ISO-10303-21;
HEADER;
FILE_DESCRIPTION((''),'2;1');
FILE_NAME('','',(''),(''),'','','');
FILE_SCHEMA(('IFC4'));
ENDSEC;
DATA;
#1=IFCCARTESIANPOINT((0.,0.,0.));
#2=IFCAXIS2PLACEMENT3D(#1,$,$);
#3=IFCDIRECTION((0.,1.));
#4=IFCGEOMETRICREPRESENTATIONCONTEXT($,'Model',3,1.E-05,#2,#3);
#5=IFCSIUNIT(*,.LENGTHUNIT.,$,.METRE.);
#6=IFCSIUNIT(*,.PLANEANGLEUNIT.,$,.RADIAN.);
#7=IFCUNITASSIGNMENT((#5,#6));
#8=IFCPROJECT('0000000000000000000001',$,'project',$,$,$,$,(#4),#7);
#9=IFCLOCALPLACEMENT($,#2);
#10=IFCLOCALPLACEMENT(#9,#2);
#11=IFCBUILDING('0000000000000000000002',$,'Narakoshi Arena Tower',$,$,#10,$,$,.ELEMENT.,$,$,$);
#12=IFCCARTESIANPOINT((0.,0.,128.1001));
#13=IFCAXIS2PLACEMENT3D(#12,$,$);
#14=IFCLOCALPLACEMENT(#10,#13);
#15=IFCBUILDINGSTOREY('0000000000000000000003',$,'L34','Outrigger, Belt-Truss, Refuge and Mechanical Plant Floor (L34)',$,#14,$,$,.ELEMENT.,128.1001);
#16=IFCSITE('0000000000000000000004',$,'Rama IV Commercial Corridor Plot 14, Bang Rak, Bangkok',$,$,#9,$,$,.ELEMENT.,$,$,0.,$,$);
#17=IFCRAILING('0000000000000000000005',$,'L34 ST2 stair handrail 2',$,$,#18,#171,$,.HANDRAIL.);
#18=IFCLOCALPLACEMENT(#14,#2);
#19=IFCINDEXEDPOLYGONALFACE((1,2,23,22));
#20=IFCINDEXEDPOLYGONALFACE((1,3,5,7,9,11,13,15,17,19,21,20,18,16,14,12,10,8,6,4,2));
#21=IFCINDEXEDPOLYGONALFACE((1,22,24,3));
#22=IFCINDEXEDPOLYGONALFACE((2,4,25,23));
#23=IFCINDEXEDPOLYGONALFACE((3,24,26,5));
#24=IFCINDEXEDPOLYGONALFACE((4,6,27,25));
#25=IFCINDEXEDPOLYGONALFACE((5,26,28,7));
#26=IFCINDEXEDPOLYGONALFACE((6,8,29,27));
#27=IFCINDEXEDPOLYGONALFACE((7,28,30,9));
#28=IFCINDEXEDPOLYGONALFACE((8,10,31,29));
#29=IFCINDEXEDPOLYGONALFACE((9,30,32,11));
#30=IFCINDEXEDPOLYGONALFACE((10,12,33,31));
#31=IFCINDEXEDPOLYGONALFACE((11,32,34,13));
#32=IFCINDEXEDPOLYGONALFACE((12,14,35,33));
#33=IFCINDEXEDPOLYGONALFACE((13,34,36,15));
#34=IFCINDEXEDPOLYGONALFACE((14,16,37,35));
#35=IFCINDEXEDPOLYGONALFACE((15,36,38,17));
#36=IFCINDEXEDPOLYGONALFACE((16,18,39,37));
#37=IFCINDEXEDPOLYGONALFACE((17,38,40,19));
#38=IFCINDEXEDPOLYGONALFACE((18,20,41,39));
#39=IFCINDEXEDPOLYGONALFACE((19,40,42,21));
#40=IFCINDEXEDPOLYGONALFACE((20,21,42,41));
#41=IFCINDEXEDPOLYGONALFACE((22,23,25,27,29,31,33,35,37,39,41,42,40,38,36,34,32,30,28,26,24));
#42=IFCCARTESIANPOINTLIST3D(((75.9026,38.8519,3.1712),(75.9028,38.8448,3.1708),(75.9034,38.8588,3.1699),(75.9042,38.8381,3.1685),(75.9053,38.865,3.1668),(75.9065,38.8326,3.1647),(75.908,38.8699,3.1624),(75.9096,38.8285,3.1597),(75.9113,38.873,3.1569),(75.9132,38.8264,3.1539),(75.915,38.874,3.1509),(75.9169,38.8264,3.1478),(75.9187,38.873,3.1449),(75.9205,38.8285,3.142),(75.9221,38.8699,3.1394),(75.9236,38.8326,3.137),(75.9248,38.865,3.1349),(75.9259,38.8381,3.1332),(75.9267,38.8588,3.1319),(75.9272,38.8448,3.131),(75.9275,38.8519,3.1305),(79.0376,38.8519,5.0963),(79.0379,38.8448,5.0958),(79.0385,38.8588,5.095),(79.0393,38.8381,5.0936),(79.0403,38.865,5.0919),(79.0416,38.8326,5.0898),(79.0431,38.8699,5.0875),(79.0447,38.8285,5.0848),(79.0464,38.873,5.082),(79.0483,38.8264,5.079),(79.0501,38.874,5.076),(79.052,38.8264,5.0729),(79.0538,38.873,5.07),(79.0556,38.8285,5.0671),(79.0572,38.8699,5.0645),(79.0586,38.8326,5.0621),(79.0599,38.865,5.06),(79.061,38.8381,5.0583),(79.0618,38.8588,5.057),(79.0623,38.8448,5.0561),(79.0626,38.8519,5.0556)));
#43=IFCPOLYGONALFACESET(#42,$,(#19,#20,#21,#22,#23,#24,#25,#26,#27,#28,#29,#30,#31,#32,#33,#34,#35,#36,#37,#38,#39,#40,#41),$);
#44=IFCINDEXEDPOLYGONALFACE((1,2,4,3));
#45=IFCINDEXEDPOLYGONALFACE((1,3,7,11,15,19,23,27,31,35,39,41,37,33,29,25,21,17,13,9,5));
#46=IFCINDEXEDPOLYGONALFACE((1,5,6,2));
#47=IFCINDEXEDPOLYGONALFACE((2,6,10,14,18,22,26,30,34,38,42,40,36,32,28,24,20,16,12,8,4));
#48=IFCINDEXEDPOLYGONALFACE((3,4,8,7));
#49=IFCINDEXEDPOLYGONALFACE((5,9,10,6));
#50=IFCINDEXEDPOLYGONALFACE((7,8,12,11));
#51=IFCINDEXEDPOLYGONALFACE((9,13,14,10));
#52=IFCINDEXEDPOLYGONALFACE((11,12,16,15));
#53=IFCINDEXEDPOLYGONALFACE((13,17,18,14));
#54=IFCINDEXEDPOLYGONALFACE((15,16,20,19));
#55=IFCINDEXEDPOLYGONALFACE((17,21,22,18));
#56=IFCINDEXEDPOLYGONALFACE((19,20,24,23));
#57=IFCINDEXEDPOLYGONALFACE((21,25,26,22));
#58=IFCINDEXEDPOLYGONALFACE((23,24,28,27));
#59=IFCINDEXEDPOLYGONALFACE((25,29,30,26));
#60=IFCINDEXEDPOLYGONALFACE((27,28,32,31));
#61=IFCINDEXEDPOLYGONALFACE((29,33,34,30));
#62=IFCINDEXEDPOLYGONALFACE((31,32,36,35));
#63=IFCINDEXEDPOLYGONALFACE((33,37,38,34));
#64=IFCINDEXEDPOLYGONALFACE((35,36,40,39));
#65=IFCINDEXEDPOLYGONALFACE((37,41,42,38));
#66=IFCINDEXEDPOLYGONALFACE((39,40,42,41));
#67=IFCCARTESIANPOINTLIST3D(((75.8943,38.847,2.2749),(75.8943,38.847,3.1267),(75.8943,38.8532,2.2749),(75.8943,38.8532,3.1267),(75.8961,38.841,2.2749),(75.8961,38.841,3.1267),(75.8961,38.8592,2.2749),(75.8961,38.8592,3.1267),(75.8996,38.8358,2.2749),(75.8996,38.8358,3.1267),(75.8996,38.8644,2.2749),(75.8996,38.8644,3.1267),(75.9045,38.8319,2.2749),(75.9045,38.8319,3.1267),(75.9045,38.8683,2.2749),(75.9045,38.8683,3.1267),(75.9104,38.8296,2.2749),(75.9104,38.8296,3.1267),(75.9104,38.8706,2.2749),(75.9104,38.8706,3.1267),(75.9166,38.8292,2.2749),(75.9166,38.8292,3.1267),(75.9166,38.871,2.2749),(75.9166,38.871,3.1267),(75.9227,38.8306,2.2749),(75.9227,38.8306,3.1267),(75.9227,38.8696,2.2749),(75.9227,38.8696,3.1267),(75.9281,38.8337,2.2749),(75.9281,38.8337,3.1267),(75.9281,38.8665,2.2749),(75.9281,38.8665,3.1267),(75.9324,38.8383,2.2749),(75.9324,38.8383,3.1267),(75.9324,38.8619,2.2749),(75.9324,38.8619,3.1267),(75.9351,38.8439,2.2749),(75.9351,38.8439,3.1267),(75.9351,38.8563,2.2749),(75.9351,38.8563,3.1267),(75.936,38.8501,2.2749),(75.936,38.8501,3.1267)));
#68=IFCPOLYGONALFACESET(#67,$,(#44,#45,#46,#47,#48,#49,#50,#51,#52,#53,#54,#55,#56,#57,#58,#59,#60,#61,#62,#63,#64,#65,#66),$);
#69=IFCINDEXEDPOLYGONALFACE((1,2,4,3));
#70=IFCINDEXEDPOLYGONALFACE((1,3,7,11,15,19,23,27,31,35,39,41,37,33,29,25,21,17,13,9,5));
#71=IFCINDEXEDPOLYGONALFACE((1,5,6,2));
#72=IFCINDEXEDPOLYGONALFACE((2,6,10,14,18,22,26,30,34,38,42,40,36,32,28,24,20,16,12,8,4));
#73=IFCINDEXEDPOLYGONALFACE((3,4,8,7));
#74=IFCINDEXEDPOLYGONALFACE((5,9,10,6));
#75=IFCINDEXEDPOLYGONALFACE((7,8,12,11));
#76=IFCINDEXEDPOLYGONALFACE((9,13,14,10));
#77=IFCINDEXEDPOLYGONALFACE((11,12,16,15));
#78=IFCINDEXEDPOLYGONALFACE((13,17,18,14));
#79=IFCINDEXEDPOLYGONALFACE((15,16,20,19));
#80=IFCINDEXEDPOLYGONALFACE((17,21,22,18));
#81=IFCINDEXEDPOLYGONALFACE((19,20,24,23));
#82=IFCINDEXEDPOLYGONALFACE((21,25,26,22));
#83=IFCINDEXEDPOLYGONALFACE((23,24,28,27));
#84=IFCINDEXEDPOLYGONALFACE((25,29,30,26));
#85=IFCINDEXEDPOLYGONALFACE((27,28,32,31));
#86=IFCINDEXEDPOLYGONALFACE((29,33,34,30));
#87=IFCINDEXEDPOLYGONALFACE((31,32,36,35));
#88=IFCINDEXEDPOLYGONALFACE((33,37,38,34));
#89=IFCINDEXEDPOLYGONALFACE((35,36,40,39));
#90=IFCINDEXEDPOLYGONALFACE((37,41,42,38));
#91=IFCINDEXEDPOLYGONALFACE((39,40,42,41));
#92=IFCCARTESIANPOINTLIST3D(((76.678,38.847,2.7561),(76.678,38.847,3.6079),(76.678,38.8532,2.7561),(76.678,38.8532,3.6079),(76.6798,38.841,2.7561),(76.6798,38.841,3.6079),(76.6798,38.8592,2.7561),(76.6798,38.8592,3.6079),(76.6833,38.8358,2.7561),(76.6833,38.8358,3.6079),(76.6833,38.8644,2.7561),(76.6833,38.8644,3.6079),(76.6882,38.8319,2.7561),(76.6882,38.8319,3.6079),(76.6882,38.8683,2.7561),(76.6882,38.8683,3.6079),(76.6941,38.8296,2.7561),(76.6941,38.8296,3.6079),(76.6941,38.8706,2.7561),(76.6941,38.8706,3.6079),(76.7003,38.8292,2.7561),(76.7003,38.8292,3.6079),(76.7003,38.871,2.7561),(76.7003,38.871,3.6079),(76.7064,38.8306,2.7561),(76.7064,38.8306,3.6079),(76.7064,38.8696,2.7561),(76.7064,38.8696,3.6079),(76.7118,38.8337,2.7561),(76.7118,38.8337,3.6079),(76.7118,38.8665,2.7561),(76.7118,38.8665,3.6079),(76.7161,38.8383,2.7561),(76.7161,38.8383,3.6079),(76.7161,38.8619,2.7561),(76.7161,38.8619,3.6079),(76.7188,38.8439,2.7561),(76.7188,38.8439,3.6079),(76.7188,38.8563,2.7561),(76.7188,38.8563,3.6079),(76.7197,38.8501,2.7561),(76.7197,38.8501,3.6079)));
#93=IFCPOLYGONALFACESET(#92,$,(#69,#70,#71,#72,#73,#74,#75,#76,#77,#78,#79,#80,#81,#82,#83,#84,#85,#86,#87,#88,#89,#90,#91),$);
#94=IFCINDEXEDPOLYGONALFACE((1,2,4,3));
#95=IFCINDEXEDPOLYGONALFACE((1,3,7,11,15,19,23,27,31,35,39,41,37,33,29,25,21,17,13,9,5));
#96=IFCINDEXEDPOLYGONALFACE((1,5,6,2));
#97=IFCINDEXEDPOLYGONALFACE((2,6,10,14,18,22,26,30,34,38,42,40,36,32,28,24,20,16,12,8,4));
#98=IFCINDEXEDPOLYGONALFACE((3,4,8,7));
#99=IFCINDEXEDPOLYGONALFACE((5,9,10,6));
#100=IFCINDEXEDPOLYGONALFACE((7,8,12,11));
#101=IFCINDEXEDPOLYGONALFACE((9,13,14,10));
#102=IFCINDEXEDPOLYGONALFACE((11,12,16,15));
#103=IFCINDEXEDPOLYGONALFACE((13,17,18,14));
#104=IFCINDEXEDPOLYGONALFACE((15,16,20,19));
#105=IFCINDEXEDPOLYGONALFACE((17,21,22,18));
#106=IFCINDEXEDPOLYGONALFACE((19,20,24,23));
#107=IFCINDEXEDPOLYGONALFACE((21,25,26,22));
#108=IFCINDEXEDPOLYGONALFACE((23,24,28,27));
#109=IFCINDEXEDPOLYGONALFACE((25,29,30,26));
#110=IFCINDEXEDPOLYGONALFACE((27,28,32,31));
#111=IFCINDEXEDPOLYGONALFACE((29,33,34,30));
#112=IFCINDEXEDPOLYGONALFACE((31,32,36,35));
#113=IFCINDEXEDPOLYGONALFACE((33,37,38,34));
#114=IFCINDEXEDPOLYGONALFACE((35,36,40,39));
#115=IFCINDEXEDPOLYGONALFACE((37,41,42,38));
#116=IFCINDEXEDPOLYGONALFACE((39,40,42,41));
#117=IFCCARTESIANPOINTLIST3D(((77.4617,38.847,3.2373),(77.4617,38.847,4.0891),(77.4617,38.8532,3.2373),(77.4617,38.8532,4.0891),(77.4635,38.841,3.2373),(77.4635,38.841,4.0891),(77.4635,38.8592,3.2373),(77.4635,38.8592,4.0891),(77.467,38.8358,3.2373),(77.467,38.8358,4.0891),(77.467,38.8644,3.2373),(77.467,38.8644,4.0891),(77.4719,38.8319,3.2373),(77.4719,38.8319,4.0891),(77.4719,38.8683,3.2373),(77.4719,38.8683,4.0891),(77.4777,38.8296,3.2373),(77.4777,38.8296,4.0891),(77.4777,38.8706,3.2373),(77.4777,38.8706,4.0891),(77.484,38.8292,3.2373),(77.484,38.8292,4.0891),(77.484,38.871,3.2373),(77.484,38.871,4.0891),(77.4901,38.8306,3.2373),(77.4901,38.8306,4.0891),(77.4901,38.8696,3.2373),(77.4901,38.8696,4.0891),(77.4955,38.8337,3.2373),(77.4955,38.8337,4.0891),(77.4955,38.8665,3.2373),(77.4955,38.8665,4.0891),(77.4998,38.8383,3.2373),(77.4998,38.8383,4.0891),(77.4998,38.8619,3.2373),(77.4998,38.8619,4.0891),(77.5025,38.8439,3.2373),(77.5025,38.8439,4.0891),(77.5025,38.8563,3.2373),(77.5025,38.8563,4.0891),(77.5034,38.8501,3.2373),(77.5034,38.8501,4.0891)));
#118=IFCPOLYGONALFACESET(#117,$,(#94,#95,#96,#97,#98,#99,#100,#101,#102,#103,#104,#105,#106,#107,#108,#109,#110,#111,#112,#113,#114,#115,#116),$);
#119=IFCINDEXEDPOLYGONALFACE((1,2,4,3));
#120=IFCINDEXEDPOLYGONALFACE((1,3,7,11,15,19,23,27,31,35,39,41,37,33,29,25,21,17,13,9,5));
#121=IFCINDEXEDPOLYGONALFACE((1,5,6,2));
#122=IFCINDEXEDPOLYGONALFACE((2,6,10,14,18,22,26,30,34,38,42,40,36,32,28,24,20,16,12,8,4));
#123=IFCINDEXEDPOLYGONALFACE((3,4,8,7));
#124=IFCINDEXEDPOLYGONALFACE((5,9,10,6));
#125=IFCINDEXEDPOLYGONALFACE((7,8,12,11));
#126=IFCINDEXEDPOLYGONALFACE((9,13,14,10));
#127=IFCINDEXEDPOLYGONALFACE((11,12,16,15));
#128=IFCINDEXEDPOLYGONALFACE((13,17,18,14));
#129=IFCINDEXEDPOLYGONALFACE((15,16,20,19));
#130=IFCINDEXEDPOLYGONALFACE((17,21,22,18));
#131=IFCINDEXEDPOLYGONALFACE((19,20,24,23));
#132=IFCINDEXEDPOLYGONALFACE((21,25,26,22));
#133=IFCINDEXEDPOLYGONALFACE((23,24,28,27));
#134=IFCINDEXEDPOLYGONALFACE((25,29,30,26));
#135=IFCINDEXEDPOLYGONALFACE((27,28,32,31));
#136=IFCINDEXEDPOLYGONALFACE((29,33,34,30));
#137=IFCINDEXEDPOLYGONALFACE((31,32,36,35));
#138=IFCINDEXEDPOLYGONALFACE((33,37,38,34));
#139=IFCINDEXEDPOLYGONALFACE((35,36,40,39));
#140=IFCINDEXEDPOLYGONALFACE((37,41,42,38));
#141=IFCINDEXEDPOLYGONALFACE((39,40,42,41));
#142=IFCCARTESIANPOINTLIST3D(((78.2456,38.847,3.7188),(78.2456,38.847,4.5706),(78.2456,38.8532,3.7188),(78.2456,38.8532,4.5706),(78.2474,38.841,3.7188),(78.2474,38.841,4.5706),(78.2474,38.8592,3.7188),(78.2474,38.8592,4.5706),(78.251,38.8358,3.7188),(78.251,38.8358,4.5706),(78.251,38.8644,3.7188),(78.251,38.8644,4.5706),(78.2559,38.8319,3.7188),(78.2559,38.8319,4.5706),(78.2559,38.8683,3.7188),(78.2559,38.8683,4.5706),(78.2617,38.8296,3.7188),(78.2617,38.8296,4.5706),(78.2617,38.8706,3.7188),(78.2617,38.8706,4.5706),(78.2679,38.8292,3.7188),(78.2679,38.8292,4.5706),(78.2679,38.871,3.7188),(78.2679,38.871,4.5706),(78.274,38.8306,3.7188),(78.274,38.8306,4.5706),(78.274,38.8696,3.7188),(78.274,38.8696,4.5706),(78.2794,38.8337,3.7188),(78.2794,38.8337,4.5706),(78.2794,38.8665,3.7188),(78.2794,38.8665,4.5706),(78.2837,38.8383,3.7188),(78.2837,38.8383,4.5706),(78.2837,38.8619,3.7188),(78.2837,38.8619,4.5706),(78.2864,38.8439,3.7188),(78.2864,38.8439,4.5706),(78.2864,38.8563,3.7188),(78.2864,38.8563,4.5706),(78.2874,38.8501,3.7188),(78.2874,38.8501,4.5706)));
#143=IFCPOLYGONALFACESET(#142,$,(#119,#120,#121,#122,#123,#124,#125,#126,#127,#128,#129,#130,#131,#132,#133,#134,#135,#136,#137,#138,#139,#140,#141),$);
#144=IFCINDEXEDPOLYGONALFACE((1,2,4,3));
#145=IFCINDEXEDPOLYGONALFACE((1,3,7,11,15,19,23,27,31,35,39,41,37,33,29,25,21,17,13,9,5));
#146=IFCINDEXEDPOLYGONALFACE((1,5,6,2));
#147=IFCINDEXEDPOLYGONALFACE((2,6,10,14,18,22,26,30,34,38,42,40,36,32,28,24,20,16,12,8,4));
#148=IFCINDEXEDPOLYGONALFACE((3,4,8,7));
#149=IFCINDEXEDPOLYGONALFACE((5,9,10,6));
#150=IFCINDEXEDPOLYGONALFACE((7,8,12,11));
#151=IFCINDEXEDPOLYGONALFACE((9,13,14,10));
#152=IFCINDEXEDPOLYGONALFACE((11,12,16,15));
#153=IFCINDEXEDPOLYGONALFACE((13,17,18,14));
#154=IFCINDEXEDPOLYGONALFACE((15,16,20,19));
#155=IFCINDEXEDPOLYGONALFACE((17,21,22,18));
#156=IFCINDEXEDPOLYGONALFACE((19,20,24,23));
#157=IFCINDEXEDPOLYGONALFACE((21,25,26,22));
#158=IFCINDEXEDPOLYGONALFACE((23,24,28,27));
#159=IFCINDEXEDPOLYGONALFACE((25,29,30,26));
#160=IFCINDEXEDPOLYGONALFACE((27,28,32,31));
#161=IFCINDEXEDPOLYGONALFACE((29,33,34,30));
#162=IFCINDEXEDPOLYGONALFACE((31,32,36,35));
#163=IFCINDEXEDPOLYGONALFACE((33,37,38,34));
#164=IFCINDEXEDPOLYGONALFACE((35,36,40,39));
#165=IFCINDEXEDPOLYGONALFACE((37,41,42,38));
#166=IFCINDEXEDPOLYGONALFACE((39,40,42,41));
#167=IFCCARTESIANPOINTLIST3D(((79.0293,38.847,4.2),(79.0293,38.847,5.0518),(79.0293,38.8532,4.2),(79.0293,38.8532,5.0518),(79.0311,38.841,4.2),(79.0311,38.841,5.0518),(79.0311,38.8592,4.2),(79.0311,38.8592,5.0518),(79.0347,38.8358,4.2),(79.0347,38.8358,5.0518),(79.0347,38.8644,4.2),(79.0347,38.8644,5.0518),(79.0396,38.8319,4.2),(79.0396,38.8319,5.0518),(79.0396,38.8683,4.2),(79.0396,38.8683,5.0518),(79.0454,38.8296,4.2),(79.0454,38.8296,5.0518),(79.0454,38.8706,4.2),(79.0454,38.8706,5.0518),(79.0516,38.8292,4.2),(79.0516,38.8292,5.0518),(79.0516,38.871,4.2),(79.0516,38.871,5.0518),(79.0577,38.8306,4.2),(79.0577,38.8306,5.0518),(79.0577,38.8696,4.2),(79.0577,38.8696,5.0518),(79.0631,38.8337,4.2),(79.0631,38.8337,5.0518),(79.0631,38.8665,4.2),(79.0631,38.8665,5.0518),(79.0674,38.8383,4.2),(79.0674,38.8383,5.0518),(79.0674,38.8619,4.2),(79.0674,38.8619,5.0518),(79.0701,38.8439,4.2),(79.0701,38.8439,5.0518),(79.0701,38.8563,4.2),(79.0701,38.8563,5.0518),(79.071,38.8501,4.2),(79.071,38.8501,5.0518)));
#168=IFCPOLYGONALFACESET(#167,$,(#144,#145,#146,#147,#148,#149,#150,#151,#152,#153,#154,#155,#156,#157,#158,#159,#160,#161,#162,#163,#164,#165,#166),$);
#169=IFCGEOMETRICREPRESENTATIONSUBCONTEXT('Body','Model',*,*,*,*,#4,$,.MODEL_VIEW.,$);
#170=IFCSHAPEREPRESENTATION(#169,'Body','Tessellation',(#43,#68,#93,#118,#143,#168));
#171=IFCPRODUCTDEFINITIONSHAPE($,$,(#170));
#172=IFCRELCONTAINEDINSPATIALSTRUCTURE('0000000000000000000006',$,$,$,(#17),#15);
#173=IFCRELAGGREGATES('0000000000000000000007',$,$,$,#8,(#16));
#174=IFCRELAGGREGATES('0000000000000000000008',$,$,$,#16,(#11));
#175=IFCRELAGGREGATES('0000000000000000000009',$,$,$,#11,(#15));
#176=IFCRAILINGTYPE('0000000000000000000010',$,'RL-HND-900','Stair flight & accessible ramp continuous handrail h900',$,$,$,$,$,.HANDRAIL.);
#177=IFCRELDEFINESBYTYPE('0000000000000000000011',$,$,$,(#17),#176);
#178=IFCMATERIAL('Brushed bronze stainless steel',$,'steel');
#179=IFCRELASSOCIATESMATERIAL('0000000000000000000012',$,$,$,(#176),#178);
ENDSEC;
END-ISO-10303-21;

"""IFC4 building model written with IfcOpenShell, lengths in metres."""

from ifc_helpers import new_model, si_unit, direction, frame, origin, origin_2d, place, context, subcontext, project, spatial, circle, extrude, material, type_object, element, save


model = new_model("IFC4")

# Units and contexts
model_context = context("Model", 3, precision=1e-05, world=origin(), true_north=direction((0.0, 1.0)))
body_context = subcontext(model_context, "Body", "Model", "MODEL_VIEW")
ifc_project = project(units=[si_unit("LENGTHUNIT", "METRE"), si_unit("PLANEANGLEUNIT", "RADIAN")], contexts=[model_context])

# Site, building, storey
site_placement = place(None, origin())
site = spatial("IfcSite", under=ifc_project, at=site_placement, Name="Rama IV Commercial Corridor Plot 14, Bang Rak, Bangkok", CompositionType="ELEMENT", RefElevation=0.0)
building_placement = place(site_placement, origin())
building = spatial("IfcBuilding", under=site, at=building_placement, Name="Narakoshi Arena Tower", CompositionType="ELEMENT")
storey_placement = place(building_placement, frame((0.0, 0.0, 128.1001)))
storey = spatial("IfcBuildingStorey", under=building, at=storey_placement, Name="L34", Description="Outrigger, Belt-Truss, Refuge and Mechanical Plant Floor (L34)", CompositionType="ELEMENT", Elevation=128.1001)

# Railing
ifc_material_1 = material(Name="Brushed bronze stainless steel", Category="steel")
railing_type_1 = type_object("IfcRailingType", Name="RL-HND-900", Description="Stair flight & accessible ramp continuous handrail h900", PredefinedType="HANDRAIL", material=ifc_material_1)
railing_1_placement = place(storey_placement, frame((75.915, 38.8501, 2.2749)))
element("IfcRailing", 1, at=railing_1_placement, inside=storey, type_object=railing_type_1, Name="L34 ST2 stair handrail 2", PredefinedType="HANDRAIL", context=body_context, shape_type="SweptSolid", body=[
    extrude(circle(Radius=0.0239, at=origin_2d()), frame((0.0, 0.0, 0.876), z_axis=(0.852166, 0.0, 0.523271), x_axis=(0.0, 1.0, 0.0)), (0.0, 0.0, 1.0), 3.679),
    extrude(circle(Radius=0.021, at=origin_2d()), origin(), (0.0, 0.0, 1.0), 0.8518),
    extrude(circle(Radius=0.021, at=origin_2d()), frame((0.7837, 0.0, 0.4812)), (0.0, 0.0, 1.0), 0.8518),
    extrude(circle(Radius=0.021, at=origin_2d()), frame((1.5674, 0.0, 0.9624)), (0.0, 0.0, 1.0), 0.8518),
    extrude(circle(Radius=0.021, at=origin_2d()), frame((2.3513, 0.0, 1.4438)), (0.0, 0.0, 1.0), 0.8518),
    extrude(circle(Radius=0.021, at=origin_2d()), frame((3.135, 0.0, 1.925)), (0.0, 0.0, 1.0), 0.8518),
])

save(model, "model.ifc")
